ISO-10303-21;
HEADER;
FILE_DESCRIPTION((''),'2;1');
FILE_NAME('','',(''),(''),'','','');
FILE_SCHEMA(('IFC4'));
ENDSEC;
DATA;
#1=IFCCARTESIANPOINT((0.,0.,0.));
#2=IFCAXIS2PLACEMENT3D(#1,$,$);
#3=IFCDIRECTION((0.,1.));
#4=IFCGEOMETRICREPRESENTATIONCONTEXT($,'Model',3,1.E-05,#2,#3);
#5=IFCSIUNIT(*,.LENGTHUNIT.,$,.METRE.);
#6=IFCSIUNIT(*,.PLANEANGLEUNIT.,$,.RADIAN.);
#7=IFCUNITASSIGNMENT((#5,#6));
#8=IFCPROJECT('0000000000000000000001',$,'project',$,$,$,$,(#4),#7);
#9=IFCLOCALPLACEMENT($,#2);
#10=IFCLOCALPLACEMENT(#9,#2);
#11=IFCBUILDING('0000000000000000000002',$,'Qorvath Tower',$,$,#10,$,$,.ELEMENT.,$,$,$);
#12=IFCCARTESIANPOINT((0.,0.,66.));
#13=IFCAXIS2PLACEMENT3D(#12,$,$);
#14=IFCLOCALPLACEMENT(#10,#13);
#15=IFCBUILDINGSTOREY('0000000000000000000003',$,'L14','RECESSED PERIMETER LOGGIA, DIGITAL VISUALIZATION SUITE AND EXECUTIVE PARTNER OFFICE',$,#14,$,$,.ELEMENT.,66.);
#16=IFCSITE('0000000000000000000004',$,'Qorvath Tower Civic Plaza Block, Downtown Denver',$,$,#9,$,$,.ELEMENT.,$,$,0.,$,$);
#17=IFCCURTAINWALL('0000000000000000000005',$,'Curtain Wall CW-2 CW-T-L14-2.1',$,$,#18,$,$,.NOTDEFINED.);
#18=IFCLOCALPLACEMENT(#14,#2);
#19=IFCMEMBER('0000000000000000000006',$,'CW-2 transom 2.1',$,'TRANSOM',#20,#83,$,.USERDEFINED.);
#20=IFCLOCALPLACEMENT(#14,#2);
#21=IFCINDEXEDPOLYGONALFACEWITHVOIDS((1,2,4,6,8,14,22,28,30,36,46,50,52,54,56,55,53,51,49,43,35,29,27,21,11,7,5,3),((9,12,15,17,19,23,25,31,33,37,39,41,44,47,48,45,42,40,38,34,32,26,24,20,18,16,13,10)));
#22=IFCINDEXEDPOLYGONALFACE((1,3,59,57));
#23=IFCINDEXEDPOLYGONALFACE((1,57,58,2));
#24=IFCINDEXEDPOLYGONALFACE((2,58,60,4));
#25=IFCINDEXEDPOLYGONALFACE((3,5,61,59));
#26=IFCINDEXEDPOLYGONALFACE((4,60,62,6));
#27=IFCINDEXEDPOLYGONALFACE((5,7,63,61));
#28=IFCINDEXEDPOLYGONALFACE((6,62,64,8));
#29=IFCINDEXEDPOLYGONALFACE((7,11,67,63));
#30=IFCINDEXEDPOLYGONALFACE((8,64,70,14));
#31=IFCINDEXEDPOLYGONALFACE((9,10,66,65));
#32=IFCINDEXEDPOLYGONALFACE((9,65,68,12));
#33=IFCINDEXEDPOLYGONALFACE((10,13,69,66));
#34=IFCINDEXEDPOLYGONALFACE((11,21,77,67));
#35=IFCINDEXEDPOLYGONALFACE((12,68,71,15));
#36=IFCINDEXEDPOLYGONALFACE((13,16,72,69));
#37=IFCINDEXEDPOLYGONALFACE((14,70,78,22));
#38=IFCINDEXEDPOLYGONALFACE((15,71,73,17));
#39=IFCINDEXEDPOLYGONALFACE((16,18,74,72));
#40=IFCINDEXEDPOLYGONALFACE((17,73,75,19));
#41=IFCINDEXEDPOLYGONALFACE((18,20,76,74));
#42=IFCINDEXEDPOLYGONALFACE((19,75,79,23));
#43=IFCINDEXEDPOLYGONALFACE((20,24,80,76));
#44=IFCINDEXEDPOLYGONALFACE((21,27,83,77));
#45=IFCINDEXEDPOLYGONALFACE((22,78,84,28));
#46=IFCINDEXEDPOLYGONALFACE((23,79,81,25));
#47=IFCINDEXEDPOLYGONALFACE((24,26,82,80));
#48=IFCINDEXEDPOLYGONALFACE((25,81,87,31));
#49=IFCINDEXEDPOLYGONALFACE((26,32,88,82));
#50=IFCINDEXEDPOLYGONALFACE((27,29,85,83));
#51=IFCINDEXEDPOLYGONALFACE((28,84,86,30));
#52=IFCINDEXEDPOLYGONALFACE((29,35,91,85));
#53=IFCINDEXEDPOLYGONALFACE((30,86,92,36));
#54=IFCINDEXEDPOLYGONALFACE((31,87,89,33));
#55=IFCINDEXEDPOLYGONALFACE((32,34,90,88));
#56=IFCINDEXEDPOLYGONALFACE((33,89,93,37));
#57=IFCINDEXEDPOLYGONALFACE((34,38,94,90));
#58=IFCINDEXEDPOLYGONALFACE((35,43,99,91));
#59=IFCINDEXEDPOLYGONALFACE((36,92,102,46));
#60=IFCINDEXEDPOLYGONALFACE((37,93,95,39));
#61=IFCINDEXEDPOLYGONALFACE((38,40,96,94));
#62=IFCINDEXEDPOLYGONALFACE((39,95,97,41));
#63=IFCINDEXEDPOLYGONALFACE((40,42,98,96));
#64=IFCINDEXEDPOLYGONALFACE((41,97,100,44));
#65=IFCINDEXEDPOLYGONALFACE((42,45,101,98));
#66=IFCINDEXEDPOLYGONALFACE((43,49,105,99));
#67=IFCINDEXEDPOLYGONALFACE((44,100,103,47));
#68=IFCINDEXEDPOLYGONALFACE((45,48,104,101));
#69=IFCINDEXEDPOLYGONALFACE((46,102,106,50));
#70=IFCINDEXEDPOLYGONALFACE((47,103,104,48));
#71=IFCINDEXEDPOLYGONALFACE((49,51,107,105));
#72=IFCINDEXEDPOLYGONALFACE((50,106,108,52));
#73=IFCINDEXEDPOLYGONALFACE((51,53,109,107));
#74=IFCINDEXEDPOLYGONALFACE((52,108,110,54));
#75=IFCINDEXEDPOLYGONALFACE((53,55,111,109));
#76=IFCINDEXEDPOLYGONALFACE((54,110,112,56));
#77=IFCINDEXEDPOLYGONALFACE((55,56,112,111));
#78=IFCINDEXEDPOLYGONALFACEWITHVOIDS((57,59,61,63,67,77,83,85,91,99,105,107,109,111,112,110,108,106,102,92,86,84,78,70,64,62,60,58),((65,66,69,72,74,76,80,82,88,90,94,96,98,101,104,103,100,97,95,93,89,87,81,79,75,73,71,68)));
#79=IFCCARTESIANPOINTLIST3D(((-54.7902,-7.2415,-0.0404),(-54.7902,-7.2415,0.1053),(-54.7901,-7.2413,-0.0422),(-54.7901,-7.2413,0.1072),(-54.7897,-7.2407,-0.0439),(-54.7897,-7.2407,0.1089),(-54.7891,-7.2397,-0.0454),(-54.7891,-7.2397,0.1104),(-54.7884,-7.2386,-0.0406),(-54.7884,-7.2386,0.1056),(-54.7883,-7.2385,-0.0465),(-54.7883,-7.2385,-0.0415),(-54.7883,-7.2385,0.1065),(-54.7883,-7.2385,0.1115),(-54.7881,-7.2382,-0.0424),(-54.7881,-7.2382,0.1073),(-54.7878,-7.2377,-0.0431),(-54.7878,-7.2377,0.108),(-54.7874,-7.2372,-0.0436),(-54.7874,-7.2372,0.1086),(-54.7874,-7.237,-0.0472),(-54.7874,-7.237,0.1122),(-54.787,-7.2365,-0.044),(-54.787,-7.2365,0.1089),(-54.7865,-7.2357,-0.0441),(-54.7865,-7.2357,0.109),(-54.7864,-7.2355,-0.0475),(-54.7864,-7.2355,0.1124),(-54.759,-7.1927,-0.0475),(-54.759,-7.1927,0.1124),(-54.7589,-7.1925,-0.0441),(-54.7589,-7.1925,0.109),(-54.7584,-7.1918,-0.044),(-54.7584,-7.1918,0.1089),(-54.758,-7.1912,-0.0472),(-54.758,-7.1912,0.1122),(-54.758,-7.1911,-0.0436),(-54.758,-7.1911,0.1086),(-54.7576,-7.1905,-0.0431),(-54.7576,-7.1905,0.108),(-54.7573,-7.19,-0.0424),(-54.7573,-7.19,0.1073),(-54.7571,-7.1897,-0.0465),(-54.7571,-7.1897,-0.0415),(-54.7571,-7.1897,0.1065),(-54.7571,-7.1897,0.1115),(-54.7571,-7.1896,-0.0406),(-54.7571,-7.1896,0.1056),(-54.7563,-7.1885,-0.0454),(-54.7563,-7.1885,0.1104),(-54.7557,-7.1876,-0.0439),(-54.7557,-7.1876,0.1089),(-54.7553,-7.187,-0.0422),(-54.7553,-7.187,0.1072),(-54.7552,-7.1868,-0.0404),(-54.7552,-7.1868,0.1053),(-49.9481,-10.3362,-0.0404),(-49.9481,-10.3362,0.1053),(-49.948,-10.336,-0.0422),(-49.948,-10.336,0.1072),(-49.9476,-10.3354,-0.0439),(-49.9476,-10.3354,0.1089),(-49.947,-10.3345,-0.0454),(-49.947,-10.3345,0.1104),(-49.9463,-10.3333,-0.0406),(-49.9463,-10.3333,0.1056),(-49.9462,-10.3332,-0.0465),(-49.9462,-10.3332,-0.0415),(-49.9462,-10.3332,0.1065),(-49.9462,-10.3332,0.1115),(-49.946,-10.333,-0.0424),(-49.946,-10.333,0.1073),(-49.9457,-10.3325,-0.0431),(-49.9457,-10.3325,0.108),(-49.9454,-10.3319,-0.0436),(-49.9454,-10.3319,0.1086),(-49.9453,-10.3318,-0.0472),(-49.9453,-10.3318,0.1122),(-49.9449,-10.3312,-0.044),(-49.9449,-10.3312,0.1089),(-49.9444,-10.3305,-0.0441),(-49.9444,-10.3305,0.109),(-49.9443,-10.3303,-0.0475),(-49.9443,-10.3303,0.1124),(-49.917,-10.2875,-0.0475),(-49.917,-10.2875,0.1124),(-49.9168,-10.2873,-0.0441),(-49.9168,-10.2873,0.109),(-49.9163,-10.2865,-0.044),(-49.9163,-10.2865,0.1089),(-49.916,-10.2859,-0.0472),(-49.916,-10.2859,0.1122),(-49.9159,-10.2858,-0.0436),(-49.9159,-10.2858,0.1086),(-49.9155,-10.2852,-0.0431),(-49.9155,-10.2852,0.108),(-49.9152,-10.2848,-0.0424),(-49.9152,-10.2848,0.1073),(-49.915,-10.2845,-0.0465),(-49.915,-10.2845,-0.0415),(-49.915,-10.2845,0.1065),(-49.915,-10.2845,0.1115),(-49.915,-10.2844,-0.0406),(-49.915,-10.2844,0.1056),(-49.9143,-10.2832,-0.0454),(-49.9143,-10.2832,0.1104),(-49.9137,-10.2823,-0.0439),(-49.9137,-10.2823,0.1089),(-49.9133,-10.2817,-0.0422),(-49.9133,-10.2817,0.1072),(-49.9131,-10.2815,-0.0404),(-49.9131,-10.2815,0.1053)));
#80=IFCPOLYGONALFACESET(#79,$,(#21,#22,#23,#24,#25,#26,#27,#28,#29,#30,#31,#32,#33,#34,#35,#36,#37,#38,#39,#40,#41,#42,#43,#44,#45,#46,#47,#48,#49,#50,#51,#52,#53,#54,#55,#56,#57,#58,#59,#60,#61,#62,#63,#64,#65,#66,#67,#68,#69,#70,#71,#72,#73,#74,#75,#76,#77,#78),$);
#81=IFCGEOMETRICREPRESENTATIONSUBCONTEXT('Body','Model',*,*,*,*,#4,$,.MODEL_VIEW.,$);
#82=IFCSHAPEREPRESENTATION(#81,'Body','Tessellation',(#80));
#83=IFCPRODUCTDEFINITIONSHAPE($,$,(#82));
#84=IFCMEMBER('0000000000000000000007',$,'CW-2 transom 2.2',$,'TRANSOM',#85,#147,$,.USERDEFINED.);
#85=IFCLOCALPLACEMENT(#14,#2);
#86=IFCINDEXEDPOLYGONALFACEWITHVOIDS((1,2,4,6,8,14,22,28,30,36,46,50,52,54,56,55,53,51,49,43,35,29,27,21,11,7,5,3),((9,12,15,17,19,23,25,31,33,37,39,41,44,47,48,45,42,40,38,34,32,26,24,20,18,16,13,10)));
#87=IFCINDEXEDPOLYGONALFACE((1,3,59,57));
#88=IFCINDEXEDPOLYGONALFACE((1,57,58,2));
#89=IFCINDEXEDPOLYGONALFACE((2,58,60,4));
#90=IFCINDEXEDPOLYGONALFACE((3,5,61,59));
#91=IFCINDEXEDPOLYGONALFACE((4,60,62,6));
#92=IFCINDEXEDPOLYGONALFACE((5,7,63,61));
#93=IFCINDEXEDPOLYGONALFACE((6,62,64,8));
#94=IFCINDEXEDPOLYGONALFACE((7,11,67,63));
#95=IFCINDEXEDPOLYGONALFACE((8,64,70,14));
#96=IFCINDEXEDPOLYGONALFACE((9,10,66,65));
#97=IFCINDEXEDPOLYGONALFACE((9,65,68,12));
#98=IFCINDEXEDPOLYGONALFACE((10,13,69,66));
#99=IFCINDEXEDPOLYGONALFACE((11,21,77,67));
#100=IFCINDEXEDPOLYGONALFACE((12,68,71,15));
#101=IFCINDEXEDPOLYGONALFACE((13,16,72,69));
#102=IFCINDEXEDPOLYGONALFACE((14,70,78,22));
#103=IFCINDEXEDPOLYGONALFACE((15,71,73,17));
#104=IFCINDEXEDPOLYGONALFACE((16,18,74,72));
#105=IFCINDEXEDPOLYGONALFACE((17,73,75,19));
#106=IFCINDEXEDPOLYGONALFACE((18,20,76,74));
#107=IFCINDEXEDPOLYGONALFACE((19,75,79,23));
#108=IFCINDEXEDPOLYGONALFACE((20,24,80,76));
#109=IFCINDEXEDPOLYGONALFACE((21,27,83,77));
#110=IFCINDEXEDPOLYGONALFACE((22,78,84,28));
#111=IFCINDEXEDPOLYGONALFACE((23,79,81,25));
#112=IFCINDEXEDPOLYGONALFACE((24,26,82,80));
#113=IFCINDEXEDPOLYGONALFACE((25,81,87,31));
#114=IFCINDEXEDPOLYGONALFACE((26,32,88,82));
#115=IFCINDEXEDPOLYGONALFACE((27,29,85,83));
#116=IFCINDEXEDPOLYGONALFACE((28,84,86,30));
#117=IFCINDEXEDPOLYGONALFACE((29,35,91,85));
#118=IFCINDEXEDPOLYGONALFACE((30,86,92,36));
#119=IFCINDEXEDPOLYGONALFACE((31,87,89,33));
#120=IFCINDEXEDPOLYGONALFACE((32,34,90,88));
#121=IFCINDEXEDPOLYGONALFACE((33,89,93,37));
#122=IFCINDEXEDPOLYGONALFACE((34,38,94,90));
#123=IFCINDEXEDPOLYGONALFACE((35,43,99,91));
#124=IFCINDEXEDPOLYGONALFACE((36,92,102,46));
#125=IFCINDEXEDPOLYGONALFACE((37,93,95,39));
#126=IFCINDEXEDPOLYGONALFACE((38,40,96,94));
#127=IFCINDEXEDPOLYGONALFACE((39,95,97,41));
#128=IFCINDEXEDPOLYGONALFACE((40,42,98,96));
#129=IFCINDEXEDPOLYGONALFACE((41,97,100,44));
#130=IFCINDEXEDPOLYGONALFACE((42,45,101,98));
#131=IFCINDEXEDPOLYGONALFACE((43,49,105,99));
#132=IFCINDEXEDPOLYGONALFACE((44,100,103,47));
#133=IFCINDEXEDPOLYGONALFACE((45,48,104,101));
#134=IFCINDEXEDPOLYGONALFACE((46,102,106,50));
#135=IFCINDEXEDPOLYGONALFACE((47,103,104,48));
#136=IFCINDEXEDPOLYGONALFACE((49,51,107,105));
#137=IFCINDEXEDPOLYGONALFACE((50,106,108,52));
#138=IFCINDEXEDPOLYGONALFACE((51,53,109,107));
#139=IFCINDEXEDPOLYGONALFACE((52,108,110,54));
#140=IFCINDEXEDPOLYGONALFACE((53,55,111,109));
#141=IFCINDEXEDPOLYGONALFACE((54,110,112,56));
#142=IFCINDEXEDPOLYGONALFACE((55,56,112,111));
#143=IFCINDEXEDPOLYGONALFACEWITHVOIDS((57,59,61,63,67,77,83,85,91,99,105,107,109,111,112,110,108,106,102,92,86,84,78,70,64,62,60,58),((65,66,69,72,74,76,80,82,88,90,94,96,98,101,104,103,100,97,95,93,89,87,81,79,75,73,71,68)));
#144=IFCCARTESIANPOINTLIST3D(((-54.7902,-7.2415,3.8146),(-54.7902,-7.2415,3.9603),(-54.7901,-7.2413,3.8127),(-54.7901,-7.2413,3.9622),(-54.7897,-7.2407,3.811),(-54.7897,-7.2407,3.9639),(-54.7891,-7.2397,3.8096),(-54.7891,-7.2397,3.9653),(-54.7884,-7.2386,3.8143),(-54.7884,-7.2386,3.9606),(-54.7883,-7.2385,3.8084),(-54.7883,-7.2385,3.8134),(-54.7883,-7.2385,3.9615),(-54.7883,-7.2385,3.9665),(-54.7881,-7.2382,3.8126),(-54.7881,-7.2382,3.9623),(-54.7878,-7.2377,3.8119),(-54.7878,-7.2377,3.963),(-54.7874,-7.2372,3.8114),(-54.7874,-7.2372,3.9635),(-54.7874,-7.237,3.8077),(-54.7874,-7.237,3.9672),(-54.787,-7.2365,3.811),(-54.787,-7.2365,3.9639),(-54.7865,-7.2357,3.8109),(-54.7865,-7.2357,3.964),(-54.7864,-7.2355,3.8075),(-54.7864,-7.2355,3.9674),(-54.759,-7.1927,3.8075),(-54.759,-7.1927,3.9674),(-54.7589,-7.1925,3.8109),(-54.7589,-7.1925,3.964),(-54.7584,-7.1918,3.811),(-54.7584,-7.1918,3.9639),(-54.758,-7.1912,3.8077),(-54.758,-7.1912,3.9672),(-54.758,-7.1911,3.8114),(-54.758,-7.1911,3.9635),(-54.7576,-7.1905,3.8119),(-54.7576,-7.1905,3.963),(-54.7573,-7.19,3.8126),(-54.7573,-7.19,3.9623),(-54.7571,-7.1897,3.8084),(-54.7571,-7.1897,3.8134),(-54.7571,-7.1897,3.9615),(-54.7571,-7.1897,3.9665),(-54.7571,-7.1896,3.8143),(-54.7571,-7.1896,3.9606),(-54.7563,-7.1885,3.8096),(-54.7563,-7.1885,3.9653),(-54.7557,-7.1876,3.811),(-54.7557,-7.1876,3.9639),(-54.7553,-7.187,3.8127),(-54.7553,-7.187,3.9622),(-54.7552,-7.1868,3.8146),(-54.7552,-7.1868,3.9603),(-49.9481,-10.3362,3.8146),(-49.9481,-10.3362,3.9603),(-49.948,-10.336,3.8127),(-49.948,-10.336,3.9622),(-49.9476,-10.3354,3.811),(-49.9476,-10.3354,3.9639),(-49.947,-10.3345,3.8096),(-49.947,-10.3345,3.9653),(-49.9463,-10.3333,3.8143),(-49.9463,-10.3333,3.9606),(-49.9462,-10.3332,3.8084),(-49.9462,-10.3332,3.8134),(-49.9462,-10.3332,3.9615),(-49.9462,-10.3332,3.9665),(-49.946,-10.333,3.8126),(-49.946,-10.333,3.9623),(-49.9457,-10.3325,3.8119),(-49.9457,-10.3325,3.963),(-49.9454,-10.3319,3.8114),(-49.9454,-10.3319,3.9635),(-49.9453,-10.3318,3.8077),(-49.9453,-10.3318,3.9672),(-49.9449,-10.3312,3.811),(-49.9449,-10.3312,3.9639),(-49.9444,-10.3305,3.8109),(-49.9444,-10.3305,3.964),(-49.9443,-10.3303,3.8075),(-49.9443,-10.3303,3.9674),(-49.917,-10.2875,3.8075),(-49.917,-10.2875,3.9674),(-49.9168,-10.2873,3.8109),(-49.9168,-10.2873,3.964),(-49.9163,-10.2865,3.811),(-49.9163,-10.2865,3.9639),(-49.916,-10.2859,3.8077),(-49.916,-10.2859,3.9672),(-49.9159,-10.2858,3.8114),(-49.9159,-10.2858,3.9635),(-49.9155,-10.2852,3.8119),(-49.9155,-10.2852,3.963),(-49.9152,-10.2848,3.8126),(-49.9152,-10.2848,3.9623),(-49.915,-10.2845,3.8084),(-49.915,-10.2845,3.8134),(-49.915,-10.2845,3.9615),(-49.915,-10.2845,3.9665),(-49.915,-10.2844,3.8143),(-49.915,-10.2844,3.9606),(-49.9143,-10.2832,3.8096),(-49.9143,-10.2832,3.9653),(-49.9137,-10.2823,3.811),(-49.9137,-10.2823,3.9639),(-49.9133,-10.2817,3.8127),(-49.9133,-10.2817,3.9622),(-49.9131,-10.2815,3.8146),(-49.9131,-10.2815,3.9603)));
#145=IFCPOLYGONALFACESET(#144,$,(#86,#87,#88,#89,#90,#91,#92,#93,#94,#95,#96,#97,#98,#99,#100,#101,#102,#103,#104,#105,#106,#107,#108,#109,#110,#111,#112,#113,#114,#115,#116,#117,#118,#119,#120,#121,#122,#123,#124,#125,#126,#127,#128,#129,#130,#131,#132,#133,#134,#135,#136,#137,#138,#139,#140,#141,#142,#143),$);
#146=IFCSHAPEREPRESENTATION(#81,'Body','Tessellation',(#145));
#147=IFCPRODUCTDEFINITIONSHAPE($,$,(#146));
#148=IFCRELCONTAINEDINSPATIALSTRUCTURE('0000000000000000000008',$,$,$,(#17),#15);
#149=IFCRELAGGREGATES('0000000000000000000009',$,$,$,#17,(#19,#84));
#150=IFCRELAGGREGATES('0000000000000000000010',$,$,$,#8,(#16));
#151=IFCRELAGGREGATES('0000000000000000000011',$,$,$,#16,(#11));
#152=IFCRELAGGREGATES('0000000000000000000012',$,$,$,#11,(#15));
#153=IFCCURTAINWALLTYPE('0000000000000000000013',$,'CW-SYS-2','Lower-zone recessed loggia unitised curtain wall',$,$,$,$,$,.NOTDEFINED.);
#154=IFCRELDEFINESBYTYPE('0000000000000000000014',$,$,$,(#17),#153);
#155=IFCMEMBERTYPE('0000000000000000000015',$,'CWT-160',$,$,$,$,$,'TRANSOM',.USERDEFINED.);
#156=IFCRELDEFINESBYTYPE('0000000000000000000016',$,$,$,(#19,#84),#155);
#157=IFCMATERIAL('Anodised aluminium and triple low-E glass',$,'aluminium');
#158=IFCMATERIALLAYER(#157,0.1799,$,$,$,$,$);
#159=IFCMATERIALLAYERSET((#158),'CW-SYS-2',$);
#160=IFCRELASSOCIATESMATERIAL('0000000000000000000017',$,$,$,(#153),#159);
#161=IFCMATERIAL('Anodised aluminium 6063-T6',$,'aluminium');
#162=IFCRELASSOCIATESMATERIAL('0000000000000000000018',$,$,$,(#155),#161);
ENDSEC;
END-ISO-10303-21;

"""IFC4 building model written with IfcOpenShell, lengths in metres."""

from ifc_helpers import new_model, si_unit, direction, frame, origin, origin_2d, place, context, subcontext, project, spatial, hollow_rectangle, extrude, material, layer, layer_set, material_profile, profile_set, type_object, element, aggregate, save


model = new_model("IFC4")

# Units and contexts
model_context = context("Model", 3, precision=1e-05, world=origin(), true_north=direction((0.0, 1.0)))
body_context = subcontext(model_context, "Body", "Model", "MODEL_VIEW")
ifc_project = project(units=[si_unit("LENGTHUNIT", "METRE"), si_unit("PLANEANGLEUNIT", "RADIAN")], contexts=[model_context])

# Site, building, storey
site_placement = place(None, origin())
site = spatial("IfcSite", under=ifc_project, at=site_placement, Name="Qorvath Tower Civic Plaza Block, Downtown Denver", CompositionType="ELEMENT", RefElevation=0.0)
building_placement = place(site_placement, origin())
building = spatial("IfcBuilding", under=site, at=building_placement, Name="Qorvath Tower", CompositionType="ELEMENT")
storey_placement = place(building_placement, frame((0.0, 0.0, 66.0)))
storey = spatial("IfcBuildingStorey", under=building, at=storey_placement, Name="L14", Description="RECESSED PERIMETER LOGGIA, DIGITAL VISUALIZATION SUITE AND EXECUTIVE PARTNER OFFICE", CompositionType="ELEMENT", Elevation=66.0)

# Curtain wall, members
ifc_material_1 = material(Name="Anodised aluminium and triple low-E glass", Category="aluminium")
ifc_layer_1 = layer(ifc_material_1, 0.1799)
ifc_layer_set_1 = layer_set([ifc_layer_1], Name="CW-SYS-2")
curtain_wall_type = type_object("IfcCurtainWallType", Name="CW-SYS-2", Description="Lower-zone recessed loggia unitised curtain wall", PredefinedType="NOTDEFINED", material=ifc_layer_set_1)
curtain_wall_placement = place(storey_placement, origin())
curtain_wall = element("IfcCurtainWall", 1, at=curtain_wall_placement, inside=storey, type_object=curtain_wall_type, Name="Curtain Wall CW-2 CW-T-L14-2.1", PredefinedType="NOTDEFINED")
ifc_material_2 = material(Name="Anodised aluminium 6063-T6", Category="aluminium")
ifc_material_profile_1 = material_profile(ifc_material_2, hollow_rectangle(XDim=0.0649, YDim=0.1599, WallThickness=0.0034, InnerFilletRadius=0.0034, OuterFilletRadius=0.0071, at=origin_2d()), Name="CWT 160x65")
ifc_profile_set_1 = profile_set([ifc_material_profile_1], Name="Anodised aluminium 6063-T6")
member_type_1 = type_object("IfcMemberType", Name="CWT-160", ElementType="TRANSOM", PredefinedType="USERDEFINED", material=ifc_profile_set_1)
member_1_placement = place(storey_placement, frame((-54.7727, -7.2141, 0.0325), z_axis=(0.842601, -0.538538, 0.0), x_axis=(0.538538, 0.842601, 0.0)))
member_1 = element("IfcMember", 2, at=member_1_placement, type_object=member_type_1, Name="CW-2 transom 2.1", ObjectType="TRANSOM", PredefinedType="USERDEFINED", context=body_context, shape_type="SweptSolid", body=[
    extrude(hollow_rectangle(XDim=0.0649, YDim=0.1599, WallThickness=0.0034, InnerFilletRadius=0.0034, OuterFilletRadius=0.0071, at=origin_2d()), origin(), (0.0, 0.0, 1.0), 5.7466),
])
member_2_placement = place(storey_placement, frame((-54.7727, -7.2141, 3.8875), z_axis=(0.842601, -0.538538, 0.0), x_axis=(0.538538, 0.842601, 0.0)))
member_2 = element("IfcMember", 3, at=member_2_placement, type_object=member_type_1, Name="CW-2 transom 2.2", ObjectType="TRANSOM", PredefinedType="USERDEFINED", context=body_context, shape_type="SweptSolid", body=[
    extrude(hollow_rectangle(XDim=0.0649, YDim=0.1599, WallThickness=0.0034, InnerFilletRadius=0.0034, OuterFilletRadius=0.0071, at=origin_2d()), origin(), (0.0, 0.0, 1.0), 5.7466),
])
aggregate(curtain_wall, [member_1, member_2])

save(model, "model.ifc")
